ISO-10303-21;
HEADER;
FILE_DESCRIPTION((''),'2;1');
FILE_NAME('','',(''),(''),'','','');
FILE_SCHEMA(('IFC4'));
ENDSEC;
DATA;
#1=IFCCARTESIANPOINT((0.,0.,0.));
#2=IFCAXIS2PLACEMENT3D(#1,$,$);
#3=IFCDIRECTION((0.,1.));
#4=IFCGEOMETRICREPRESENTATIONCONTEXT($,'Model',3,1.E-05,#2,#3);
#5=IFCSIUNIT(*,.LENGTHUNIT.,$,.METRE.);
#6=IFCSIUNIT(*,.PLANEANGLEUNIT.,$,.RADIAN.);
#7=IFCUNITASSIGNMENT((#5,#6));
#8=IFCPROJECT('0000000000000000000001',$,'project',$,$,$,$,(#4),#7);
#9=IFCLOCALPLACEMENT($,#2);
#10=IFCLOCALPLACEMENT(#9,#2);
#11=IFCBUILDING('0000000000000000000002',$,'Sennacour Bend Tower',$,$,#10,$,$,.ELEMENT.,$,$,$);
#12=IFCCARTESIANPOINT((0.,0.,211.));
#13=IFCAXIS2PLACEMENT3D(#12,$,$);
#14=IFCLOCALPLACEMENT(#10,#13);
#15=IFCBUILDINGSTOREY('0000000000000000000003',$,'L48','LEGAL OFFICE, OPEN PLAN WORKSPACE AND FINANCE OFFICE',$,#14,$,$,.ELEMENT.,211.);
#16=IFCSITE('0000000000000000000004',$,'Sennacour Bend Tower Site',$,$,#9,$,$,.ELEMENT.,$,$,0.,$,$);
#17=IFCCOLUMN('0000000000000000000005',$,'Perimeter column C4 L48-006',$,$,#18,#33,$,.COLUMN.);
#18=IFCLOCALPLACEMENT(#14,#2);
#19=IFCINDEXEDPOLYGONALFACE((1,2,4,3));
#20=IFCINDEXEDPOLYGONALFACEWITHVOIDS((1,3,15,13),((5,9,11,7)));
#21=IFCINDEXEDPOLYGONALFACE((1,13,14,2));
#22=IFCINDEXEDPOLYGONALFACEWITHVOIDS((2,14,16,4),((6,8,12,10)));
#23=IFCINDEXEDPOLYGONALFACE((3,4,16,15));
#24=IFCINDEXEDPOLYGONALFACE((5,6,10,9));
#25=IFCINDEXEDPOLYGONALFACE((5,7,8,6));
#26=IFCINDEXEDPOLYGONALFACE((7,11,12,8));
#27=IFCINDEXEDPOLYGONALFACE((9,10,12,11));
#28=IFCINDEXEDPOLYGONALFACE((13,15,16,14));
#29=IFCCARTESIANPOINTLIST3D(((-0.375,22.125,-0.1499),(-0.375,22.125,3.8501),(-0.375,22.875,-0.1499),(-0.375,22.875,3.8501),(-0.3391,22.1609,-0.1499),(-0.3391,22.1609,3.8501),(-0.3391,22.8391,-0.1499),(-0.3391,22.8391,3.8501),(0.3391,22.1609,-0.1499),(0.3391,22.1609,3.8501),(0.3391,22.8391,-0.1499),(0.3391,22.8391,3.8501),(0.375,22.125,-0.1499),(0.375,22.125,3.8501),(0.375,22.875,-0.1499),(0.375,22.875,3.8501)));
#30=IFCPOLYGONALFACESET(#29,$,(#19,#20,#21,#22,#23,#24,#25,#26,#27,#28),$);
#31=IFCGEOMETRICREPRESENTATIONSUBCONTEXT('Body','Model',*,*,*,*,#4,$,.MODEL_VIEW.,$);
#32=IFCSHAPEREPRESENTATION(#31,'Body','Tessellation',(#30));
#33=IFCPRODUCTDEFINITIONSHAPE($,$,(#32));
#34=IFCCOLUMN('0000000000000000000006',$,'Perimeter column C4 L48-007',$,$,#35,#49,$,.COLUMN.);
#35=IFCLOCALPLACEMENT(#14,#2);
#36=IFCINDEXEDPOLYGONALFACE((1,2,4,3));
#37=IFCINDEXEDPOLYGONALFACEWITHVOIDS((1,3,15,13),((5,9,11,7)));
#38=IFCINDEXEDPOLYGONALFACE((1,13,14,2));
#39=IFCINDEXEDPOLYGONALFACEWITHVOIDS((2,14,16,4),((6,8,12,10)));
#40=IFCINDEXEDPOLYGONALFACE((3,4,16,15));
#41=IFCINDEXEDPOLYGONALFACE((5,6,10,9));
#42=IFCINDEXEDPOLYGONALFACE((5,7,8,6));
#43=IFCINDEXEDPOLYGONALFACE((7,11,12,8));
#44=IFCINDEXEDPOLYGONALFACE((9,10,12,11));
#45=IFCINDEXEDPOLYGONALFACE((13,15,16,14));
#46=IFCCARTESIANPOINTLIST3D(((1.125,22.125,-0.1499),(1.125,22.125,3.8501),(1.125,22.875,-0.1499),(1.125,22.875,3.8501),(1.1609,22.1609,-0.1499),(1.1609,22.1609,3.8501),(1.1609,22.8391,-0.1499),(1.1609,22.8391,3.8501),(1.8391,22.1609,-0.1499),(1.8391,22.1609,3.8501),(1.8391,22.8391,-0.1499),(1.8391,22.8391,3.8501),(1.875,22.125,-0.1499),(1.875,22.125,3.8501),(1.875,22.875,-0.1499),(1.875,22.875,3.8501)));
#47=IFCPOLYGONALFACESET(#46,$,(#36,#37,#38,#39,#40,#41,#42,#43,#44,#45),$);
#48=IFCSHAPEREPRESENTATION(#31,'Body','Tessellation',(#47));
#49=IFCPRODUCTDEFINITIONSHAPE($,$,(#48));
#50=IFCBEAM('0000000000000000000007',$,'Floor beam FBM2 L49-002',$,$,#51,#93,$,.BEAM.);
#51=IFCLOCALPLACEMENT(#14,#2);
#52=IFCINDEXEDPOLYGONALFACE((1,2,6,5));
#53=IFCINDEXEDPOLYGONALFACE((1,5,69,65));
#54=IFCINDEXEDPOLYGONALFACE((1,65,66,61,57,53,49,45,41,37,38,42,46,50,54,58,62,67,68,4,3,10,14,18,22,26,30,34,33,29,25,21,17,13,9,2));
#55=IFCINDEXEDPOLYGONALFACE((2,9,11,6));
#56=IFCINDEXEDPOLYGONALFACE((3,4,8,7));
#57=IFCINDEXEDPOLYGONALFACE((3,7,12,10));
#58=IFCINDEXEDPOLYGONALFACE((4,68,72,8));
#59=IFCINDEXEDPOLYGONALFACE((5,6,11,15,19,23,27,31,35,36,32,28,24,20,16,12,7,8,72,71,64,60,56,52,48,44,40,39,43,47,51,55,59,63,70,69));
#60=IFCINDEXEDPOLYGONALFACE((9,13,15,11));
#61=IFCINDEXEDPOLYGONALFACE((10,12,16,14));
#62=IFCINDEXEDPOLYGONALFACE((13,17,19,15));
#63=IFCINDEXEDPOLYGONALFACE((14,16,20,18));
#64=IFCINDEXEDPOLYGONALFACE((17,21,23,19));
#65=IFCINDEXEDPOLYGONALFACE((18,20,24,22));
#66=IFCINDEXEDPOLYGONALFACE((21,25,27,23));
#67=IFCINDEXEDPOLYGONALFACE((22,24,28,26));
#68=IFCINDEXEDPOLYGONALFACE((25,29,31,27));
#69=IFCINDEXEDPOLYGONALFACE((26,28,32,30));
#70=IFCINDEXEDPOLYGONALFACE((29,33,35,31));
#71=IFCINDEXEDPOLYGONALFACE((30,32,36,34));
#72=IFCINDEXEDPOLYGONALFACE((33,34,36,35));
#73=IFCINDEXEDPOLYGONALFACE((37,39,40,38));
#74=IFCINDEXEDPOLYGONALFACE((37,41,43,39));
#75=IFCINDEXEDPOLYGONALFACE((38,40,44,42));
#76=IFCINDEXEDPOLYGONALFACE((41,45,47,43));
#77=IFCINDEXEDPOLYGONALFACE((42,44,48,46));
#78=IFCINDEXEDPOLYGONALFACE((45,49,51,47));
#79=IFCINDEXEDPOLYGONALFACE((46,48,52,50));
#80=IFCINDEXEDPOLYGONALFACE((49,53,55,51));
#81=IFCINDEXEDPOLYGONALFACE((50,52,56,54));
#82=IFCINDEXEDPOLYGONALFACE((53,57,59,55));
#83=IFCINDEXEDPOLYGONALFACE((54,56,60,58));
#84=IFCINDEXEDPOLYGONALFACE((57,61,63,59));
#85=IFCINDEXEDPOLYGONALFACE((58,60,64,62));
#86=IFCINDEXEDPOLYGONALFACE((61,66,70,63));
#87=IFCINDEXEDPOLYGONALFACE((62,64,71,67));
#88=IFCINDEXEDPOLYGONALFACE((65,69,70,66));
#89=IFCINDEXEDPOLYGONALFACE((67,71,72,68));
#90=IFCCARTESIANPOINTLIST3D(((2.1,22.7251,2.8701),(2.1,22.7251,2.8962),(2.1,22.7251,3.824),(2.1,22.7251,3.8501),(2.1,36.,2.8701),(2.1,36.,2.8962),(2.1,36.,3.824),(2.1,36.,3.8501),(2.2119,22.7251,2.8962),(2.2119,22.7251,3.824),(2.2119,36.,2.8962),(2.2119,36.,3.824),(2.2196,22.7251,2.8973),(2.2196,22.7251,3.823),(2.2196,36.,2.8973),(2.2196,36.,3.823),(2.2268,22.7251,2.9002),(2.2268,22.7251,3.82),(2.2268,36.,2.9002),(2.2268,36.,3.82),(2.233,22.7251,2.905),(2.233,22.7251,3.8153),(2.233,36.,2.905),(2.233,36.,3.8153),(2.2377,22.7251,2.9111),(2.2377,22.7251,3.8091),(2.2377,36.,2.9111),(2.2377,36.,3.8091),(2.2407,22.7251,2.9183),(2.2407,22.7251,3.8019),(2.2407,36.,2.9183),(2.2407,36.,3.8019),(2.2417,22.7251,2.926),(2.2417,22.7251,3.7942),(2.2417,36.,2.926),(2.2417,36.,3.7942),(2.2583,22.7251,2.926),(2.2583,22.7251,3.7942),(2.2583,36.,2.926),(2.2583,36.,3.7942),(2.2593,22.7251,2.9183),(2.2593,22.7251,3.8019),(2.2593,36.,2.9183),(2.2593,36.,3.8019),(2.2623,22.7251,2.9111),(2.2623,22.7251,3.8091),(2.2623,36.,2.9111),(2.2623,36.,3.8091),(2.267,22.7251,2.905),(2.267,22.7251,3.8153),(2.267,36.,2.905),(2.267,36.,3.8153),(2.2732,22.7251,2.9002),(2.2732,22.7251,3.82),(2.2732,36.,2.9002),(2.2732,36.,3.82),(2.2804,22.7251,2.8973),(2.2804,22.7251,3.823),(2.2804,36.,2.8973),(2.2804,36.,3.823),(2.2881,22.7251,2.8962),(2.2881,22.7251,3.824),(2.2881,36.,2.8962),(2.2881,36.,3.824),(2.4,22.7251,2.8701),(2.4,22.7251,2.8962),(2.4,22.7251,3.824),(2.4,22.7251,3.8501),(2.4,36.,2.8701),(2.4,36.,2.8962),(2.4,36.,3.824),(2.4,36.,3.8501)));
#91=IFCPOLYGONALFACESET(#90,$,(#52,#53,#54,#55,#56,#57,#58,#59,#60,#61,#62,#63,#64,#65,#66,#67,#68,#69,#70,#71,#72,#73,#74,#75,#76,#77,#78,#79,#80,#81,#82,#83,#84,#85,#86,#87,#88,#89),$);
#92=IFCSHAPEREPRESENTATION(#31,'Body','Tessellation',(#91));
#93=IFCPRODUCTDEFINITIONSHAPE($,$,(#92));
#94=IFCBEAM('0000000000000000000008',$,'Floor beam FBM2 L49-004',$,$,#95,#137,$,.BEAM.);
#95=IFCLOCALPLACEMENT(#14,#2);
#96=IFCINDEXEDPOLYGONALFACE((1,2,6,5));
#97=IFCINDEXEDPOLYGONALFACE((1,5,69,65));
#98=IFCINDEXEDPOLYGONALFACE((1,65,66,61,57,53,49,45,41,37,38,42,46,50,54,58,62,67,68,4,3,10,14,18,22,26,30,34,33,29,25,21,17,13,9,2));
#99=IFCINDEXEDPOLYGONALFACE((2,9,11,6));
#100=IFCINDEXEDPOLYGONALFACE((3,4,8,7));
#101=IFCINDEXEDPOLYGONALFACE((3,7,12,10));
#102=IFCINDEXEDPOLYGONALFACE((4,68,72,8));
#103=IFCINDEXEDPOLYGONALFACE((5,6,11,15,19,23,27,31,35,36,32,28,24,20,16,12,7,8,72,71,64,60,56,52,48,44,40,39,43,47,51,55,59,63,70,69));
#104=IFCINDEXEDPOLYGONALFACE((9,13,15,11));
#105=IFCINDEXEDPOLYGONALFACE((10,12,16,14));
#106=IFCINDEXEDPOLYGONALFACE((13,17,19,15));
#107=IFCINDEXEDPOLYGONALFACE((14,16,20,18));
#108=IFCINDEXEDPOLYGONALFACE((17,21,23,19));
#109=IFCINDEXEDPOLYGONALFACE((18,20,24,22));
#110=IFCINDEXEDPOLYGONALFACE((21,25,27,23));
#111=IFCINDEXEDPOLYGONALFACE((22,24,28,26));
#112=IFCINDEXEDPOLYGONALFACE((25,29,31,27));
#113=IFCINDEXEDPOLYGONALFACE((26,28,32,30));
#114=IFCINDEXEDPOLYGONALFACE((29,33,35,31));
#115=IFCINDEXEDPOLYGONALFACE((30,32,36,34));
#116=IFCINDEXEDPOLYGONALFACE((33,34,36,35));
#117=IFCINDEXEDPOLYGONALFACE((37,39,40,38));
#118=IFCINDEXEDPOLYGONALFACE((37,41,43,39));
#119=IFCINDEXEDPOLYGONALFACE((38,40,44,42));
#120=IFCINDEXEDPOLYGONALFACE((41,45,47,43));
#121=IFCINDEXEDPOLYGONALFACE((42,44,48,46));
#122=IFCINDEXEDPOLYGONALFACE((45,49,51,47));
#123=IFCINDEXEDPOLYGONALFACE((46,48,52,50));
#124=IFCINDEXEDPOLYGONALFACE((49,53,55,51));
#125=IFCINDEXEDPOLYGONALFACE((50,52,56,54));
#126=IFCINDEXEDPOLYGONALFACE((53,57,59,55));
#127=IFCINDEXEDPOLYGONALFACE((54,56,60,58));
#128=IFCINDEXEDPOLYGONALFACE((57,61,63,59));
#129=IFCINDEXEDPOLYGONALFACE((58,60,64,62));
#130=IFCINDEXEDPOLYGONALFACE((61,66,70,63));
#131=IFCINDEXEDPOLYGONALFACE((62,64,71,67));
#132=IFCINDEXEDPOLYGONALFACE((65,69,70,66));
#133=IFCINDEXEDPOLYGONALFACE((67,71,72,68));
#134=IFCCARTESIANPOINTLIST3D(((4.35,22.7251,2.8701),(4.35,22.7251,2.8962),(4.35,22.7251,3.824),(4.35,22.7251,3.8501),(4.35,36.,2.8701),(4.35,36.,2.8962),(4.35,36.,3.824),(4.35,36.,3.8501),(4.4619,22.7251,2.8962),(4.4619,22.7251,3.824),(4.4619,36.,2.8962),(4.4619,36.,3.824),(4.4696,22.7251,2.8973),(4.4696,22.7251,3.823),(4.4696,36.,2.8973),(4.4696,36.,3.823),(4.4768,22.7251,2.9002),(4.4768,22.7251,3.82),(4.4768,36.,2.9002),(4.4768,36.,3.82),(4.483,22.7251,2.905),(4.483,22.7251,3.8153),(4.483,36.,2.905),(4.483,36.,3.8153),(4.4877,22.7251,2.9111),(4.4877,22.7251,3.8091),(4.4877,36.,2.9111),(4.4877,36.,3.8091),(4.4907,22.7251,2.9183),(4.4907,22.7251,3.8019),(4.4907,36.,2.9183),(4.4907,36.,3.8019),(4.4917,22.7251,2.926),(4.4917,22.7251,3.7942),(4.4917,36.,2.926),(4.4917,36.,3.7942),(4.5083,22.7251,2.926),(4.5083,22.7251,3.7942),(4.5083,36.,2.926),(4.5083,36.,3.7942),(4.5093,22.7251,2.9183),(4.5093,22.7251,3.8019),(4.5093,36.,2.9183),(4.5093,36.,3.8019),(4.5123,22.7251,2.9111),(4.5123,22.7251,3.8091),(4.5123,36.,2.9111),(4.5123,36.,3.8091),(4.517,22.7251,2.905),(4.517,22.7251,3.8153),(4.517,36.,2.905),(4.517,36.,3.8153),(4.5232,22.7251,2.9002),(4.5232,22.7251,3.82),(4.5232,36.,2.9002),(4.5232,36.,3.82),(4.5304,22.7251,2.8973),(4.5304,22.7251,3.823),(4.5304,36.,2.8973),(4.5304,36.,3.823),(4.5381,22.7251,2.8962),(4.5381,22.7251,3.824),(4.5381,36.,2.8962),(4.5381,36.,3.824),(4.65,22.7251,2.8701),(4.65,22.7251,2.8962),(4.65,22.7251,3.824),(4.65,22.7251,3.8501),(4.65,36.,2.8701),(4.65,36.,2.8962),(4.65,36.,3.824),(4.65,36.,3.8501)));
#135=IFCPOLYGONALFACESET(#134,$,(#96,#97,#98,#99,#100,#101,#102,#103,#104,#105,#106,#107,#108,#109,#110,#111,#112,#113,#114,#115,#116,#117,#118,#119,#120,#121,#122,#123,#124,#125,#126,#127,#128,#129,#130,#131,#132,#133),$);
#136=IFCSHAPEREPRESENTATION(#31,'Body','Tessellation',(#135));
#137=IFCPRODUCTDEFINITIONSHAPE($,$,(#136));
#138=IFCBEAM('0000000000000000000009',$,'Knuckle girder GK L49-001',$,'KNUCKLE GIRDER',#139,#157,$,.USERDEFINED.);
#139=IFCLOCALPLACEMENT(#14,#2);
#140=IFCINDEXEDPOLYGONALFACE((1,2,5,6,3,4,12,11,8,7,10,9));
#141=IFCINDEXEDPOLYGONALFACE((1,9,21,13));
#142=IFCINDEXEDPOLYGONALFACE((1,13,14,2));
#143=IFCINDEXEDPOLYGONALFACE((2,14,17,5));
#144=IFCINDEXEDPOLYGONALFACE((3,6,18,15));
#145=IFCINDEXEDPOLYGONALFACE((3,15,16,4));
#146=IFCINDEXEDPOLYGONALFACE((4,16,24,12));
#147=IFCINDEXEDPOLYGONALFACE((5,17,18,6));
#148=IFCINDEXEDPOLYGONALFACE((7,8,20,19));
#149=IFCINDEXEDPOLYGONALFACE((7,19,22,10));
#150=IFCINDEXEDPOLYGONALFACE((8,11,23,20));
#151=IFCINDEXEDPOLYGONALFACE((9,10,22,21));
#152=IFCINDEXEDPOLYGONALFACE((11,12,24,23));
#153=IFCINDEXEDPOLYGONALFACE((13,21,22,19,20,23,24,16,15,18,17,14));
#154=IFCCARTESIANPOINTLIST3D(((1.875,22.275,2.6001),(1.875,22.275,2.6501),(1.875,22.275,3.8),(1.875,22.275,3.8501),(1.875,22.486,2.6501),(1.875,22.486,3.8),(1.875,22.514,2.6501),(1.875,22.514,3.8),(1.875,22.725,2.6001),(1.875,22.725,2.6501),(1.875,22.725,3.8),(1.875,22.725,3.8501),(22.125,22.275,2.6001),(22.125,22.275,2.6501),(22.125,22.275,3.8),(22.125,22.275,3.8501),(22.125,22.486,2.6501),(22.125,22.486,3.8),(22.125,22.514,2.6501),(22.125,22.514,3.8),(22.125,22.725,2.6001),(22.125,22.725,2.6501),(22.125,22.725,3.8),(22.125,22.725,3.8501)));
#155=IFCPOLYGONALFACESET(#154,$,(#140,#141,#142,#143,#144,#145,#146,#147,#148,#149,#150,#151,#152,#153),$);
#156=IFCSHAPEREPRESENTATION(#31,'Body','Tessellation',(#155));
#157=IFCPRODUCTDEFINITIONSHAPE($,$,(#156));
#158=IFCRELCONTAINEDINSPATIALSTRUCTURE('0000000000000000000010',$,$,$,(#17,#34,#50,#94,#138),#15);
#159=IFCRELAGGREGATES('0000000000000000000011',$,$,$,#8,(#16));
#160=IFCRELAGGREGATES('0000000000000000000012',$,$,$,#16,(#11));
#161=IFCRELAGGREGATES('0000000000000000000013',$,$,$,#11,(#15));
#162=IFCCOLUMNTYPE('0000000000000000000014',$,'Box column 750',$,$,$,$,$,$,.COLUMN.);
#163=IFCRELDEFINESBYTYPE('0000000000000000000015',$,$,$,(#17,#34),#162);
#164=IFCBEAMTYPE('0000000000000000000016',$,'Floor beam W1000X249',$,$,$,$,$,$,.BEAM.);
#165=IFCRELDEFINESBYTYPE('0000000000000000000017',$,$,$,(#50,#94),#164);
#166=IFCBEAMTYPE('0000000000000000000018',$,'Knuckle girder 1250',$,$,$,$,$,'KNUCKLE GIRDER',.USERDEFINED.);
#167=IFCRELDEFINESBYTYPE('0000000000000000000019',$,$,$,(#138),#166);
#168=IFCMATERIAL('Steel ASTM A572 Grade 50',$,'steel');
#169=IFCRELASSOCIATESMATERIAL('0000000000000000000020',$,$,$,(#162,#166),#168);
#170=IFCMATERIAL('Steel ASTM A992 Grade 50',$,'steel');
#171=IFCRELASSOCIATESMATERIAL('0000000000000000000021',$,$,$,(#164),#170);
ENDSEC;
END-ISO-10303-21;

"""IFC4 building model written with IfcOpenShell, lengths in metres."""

from ifc_helpers import new_model, si_unit, direction, frame, origin, origin_2d, place, context, subcontext, project, spatial, hollow_rectangle, i_section, extrude, material, material_profile, profile_set, type_object, element, save


model = new_model("IFC4")

# Units and contexts
model_context = context("Model", 3, precision=1e-05, world=origin(), true_north=direction((0.0, 1.0)))
body_context = subcontext(model_context, "Body", "Model", "MODEL_VIEW")
ifc_project = project(units=[si_unit("LENGTHUNIT", "METRE"), si_unit("PLANEANGLEUNIT", "RADIAN")], contexts=[model_context])

# Site, building, storey
site_placement = place(None, origin())
site = spatial("IfcSite", under=ifc_project, at=site_placement, Name="Sennacour Bend Tower Site", CompositionType="ELEMENT", RefElevation=0.0)
building_placement = place(site_placement, origin())
building = spatial("IfcBuilding", under=site, at=building_placement, Name="Sennacour Bend Tower", CompositionType="ELEMENT")
storey_placement = place(building_placement, frame((0.0, 0.0, 211.0)))
storey = spatial("IfcBuildingStorey", under=building, at=storey_placement, Name="L48", Description="LEGAL OFFICE, OPEN PLAN WORKSPACE AND FINANCE OFFICE", CompositionType="ELEMENT", Elevation=211.0)

# Columns
ifc_material_1 = material(Name="Steel ASTM A572 Grade 50", Category="steel")
ifc_material_profile_1 = material_profile(ifc_material_1, hollow_rectangle(XDim=0.75, YDim=0.75, WallThickness=0.0359, at=origin_2d()), Name="Steel ASTM A572 Grade 50", Category="steel")
ifc_profile_set_1 = profile_set([ifc_material_profile_1], Name="Steel ASTM A572 Grade 50")
column_type = type_object("IfcColumnType", Name="Box column 750", PredefinedType="COLUMN", material=ifc_profile_set_1)
for number, where, z_axis, x_axis, name in (
    (1, (0.0, 22.5, -0.1499), (0.0, 0.0, 1.0), (1.0, 0.0, 0.0), "Perimeter column C4 L48-006"),
    (2, (1.5, 22.5, -0.1499), (0.0, 0.0, 1.0), (1.0, 0.0, 0.0), "Perimeter column C4 L48-007"),
):
    element("IfcColumn", number, at=place(storey_placement, frame(where, z_axis=z_axis, x_axis=x_axis)), inside=storey, type_object=column_type, Name=name, PredefinedType="COLUMN", context=body_context, shape_type="SweptSolid", body=[
        extrude(hollow_rectangle(XDim=0.75, YDim=0.75, WallThickness=0.0359, at=origin_2d()), origin(), (0.0, 0.0, 1.0), 4.0),
    ])

# Beams
ifc_material_2 = material(Name="Steel ASTM A992 Grade 50", Category="steel")
ifc_material_profile_2 = material_profile(ifc_material_2, i_section(OverallWidth=0.3, OverallDepth=0.98, WebThickness=0.0166, FlangeThickness=0.0261, FilletRadius=0.0298, at=origin_2d()), Name="Steel ASTM A992 Grade 50", Category="steel")
ifc_profile_set_2 = profile_set([ifc_material_profile_2], Name="Steel ASTM A992 Grade 50")
beam_type_1 = type_object("IfcBeamType", Name="Floor beam W1000X249", PredefinedType="BEAM", material=ifc_profile_set_2)
for number, where, z_axis, x_axis, name in (
    (3, (2.25, 22.7251, 3.3601), (0.0, 1.0, 0.0), (-1.0, 0.0, 0.0), "Floor beam FBM2 L49-002"),
    (4, (4.5, 22.7251, 3.3601), (0.0, 1.0, 0.0), (-1.0, 0.0, 0.0), "Floor beam FBM2 L49-004"),
):
    element("IfcBeam", number, at=place(storey_placement, frame(where, z_axis=z_axis, x_axis=x_axis)), inside=storey, type_object=beam_type_1, Name=name, PredefinedType="BEAM", context=body_context, shape_type="SweptSolid", body=[
        extrude(i_section(OverallWidth=0.3, OverallDepth=0.98, WebThickness=0.0166, FlangeThickness=0.0261, FilletRadius=0.0298, at=origin_2d()), origin(), (0.0, 0.0, 1.0), 13.2749),
    ])
ifc_material_profile_3 = material_profile(ifc_material_1, i_section(OverallWidth=0.45, OverallDepth=1.25, WebThickness=0.0281, FlangeThickness=0.05, at=origin_2d()), Name="Steel ASTM A572 Grade 50", Category="steel")
ifc_profile_set_3 = profile_set([ifc_material_profile_3], Name="Steel ASTM A572 Grade 50")
beam_type_2 = type_object("IfcBeamType", Name="Knuckle girder 1250", ElementType="KNUCKLE GIRDER", PredefinedType="USERDEFINED", material=ifc_profile_set_3)
beam_1_placement = place(storey_placement, frame((1.875, 22.5, 3.2251), z_axis=(1.0, 0.0, 0.0), x_axis=(0.0, 1.0, 0.0)))
element("IfcBeam", 5, at=beam_1_placement, inside=storey, type_object=beam_type_2, Name="Knuckle girder GK L49-001", ObjectType="KNUCKLE GIRDER", PredefinedType="USERDEFINED", context=body_context, shape_type="SweptSolid", body=[
    extrude(i_section(OverallWidth=0.45, OverallDepth=1.25, WebThickness=0.0281, FlangeThickness=0.05, at=origin_2d()), origin(), (0.0, 0.0, 1.0), 20.25),
])

save(model, "model.ifc")
